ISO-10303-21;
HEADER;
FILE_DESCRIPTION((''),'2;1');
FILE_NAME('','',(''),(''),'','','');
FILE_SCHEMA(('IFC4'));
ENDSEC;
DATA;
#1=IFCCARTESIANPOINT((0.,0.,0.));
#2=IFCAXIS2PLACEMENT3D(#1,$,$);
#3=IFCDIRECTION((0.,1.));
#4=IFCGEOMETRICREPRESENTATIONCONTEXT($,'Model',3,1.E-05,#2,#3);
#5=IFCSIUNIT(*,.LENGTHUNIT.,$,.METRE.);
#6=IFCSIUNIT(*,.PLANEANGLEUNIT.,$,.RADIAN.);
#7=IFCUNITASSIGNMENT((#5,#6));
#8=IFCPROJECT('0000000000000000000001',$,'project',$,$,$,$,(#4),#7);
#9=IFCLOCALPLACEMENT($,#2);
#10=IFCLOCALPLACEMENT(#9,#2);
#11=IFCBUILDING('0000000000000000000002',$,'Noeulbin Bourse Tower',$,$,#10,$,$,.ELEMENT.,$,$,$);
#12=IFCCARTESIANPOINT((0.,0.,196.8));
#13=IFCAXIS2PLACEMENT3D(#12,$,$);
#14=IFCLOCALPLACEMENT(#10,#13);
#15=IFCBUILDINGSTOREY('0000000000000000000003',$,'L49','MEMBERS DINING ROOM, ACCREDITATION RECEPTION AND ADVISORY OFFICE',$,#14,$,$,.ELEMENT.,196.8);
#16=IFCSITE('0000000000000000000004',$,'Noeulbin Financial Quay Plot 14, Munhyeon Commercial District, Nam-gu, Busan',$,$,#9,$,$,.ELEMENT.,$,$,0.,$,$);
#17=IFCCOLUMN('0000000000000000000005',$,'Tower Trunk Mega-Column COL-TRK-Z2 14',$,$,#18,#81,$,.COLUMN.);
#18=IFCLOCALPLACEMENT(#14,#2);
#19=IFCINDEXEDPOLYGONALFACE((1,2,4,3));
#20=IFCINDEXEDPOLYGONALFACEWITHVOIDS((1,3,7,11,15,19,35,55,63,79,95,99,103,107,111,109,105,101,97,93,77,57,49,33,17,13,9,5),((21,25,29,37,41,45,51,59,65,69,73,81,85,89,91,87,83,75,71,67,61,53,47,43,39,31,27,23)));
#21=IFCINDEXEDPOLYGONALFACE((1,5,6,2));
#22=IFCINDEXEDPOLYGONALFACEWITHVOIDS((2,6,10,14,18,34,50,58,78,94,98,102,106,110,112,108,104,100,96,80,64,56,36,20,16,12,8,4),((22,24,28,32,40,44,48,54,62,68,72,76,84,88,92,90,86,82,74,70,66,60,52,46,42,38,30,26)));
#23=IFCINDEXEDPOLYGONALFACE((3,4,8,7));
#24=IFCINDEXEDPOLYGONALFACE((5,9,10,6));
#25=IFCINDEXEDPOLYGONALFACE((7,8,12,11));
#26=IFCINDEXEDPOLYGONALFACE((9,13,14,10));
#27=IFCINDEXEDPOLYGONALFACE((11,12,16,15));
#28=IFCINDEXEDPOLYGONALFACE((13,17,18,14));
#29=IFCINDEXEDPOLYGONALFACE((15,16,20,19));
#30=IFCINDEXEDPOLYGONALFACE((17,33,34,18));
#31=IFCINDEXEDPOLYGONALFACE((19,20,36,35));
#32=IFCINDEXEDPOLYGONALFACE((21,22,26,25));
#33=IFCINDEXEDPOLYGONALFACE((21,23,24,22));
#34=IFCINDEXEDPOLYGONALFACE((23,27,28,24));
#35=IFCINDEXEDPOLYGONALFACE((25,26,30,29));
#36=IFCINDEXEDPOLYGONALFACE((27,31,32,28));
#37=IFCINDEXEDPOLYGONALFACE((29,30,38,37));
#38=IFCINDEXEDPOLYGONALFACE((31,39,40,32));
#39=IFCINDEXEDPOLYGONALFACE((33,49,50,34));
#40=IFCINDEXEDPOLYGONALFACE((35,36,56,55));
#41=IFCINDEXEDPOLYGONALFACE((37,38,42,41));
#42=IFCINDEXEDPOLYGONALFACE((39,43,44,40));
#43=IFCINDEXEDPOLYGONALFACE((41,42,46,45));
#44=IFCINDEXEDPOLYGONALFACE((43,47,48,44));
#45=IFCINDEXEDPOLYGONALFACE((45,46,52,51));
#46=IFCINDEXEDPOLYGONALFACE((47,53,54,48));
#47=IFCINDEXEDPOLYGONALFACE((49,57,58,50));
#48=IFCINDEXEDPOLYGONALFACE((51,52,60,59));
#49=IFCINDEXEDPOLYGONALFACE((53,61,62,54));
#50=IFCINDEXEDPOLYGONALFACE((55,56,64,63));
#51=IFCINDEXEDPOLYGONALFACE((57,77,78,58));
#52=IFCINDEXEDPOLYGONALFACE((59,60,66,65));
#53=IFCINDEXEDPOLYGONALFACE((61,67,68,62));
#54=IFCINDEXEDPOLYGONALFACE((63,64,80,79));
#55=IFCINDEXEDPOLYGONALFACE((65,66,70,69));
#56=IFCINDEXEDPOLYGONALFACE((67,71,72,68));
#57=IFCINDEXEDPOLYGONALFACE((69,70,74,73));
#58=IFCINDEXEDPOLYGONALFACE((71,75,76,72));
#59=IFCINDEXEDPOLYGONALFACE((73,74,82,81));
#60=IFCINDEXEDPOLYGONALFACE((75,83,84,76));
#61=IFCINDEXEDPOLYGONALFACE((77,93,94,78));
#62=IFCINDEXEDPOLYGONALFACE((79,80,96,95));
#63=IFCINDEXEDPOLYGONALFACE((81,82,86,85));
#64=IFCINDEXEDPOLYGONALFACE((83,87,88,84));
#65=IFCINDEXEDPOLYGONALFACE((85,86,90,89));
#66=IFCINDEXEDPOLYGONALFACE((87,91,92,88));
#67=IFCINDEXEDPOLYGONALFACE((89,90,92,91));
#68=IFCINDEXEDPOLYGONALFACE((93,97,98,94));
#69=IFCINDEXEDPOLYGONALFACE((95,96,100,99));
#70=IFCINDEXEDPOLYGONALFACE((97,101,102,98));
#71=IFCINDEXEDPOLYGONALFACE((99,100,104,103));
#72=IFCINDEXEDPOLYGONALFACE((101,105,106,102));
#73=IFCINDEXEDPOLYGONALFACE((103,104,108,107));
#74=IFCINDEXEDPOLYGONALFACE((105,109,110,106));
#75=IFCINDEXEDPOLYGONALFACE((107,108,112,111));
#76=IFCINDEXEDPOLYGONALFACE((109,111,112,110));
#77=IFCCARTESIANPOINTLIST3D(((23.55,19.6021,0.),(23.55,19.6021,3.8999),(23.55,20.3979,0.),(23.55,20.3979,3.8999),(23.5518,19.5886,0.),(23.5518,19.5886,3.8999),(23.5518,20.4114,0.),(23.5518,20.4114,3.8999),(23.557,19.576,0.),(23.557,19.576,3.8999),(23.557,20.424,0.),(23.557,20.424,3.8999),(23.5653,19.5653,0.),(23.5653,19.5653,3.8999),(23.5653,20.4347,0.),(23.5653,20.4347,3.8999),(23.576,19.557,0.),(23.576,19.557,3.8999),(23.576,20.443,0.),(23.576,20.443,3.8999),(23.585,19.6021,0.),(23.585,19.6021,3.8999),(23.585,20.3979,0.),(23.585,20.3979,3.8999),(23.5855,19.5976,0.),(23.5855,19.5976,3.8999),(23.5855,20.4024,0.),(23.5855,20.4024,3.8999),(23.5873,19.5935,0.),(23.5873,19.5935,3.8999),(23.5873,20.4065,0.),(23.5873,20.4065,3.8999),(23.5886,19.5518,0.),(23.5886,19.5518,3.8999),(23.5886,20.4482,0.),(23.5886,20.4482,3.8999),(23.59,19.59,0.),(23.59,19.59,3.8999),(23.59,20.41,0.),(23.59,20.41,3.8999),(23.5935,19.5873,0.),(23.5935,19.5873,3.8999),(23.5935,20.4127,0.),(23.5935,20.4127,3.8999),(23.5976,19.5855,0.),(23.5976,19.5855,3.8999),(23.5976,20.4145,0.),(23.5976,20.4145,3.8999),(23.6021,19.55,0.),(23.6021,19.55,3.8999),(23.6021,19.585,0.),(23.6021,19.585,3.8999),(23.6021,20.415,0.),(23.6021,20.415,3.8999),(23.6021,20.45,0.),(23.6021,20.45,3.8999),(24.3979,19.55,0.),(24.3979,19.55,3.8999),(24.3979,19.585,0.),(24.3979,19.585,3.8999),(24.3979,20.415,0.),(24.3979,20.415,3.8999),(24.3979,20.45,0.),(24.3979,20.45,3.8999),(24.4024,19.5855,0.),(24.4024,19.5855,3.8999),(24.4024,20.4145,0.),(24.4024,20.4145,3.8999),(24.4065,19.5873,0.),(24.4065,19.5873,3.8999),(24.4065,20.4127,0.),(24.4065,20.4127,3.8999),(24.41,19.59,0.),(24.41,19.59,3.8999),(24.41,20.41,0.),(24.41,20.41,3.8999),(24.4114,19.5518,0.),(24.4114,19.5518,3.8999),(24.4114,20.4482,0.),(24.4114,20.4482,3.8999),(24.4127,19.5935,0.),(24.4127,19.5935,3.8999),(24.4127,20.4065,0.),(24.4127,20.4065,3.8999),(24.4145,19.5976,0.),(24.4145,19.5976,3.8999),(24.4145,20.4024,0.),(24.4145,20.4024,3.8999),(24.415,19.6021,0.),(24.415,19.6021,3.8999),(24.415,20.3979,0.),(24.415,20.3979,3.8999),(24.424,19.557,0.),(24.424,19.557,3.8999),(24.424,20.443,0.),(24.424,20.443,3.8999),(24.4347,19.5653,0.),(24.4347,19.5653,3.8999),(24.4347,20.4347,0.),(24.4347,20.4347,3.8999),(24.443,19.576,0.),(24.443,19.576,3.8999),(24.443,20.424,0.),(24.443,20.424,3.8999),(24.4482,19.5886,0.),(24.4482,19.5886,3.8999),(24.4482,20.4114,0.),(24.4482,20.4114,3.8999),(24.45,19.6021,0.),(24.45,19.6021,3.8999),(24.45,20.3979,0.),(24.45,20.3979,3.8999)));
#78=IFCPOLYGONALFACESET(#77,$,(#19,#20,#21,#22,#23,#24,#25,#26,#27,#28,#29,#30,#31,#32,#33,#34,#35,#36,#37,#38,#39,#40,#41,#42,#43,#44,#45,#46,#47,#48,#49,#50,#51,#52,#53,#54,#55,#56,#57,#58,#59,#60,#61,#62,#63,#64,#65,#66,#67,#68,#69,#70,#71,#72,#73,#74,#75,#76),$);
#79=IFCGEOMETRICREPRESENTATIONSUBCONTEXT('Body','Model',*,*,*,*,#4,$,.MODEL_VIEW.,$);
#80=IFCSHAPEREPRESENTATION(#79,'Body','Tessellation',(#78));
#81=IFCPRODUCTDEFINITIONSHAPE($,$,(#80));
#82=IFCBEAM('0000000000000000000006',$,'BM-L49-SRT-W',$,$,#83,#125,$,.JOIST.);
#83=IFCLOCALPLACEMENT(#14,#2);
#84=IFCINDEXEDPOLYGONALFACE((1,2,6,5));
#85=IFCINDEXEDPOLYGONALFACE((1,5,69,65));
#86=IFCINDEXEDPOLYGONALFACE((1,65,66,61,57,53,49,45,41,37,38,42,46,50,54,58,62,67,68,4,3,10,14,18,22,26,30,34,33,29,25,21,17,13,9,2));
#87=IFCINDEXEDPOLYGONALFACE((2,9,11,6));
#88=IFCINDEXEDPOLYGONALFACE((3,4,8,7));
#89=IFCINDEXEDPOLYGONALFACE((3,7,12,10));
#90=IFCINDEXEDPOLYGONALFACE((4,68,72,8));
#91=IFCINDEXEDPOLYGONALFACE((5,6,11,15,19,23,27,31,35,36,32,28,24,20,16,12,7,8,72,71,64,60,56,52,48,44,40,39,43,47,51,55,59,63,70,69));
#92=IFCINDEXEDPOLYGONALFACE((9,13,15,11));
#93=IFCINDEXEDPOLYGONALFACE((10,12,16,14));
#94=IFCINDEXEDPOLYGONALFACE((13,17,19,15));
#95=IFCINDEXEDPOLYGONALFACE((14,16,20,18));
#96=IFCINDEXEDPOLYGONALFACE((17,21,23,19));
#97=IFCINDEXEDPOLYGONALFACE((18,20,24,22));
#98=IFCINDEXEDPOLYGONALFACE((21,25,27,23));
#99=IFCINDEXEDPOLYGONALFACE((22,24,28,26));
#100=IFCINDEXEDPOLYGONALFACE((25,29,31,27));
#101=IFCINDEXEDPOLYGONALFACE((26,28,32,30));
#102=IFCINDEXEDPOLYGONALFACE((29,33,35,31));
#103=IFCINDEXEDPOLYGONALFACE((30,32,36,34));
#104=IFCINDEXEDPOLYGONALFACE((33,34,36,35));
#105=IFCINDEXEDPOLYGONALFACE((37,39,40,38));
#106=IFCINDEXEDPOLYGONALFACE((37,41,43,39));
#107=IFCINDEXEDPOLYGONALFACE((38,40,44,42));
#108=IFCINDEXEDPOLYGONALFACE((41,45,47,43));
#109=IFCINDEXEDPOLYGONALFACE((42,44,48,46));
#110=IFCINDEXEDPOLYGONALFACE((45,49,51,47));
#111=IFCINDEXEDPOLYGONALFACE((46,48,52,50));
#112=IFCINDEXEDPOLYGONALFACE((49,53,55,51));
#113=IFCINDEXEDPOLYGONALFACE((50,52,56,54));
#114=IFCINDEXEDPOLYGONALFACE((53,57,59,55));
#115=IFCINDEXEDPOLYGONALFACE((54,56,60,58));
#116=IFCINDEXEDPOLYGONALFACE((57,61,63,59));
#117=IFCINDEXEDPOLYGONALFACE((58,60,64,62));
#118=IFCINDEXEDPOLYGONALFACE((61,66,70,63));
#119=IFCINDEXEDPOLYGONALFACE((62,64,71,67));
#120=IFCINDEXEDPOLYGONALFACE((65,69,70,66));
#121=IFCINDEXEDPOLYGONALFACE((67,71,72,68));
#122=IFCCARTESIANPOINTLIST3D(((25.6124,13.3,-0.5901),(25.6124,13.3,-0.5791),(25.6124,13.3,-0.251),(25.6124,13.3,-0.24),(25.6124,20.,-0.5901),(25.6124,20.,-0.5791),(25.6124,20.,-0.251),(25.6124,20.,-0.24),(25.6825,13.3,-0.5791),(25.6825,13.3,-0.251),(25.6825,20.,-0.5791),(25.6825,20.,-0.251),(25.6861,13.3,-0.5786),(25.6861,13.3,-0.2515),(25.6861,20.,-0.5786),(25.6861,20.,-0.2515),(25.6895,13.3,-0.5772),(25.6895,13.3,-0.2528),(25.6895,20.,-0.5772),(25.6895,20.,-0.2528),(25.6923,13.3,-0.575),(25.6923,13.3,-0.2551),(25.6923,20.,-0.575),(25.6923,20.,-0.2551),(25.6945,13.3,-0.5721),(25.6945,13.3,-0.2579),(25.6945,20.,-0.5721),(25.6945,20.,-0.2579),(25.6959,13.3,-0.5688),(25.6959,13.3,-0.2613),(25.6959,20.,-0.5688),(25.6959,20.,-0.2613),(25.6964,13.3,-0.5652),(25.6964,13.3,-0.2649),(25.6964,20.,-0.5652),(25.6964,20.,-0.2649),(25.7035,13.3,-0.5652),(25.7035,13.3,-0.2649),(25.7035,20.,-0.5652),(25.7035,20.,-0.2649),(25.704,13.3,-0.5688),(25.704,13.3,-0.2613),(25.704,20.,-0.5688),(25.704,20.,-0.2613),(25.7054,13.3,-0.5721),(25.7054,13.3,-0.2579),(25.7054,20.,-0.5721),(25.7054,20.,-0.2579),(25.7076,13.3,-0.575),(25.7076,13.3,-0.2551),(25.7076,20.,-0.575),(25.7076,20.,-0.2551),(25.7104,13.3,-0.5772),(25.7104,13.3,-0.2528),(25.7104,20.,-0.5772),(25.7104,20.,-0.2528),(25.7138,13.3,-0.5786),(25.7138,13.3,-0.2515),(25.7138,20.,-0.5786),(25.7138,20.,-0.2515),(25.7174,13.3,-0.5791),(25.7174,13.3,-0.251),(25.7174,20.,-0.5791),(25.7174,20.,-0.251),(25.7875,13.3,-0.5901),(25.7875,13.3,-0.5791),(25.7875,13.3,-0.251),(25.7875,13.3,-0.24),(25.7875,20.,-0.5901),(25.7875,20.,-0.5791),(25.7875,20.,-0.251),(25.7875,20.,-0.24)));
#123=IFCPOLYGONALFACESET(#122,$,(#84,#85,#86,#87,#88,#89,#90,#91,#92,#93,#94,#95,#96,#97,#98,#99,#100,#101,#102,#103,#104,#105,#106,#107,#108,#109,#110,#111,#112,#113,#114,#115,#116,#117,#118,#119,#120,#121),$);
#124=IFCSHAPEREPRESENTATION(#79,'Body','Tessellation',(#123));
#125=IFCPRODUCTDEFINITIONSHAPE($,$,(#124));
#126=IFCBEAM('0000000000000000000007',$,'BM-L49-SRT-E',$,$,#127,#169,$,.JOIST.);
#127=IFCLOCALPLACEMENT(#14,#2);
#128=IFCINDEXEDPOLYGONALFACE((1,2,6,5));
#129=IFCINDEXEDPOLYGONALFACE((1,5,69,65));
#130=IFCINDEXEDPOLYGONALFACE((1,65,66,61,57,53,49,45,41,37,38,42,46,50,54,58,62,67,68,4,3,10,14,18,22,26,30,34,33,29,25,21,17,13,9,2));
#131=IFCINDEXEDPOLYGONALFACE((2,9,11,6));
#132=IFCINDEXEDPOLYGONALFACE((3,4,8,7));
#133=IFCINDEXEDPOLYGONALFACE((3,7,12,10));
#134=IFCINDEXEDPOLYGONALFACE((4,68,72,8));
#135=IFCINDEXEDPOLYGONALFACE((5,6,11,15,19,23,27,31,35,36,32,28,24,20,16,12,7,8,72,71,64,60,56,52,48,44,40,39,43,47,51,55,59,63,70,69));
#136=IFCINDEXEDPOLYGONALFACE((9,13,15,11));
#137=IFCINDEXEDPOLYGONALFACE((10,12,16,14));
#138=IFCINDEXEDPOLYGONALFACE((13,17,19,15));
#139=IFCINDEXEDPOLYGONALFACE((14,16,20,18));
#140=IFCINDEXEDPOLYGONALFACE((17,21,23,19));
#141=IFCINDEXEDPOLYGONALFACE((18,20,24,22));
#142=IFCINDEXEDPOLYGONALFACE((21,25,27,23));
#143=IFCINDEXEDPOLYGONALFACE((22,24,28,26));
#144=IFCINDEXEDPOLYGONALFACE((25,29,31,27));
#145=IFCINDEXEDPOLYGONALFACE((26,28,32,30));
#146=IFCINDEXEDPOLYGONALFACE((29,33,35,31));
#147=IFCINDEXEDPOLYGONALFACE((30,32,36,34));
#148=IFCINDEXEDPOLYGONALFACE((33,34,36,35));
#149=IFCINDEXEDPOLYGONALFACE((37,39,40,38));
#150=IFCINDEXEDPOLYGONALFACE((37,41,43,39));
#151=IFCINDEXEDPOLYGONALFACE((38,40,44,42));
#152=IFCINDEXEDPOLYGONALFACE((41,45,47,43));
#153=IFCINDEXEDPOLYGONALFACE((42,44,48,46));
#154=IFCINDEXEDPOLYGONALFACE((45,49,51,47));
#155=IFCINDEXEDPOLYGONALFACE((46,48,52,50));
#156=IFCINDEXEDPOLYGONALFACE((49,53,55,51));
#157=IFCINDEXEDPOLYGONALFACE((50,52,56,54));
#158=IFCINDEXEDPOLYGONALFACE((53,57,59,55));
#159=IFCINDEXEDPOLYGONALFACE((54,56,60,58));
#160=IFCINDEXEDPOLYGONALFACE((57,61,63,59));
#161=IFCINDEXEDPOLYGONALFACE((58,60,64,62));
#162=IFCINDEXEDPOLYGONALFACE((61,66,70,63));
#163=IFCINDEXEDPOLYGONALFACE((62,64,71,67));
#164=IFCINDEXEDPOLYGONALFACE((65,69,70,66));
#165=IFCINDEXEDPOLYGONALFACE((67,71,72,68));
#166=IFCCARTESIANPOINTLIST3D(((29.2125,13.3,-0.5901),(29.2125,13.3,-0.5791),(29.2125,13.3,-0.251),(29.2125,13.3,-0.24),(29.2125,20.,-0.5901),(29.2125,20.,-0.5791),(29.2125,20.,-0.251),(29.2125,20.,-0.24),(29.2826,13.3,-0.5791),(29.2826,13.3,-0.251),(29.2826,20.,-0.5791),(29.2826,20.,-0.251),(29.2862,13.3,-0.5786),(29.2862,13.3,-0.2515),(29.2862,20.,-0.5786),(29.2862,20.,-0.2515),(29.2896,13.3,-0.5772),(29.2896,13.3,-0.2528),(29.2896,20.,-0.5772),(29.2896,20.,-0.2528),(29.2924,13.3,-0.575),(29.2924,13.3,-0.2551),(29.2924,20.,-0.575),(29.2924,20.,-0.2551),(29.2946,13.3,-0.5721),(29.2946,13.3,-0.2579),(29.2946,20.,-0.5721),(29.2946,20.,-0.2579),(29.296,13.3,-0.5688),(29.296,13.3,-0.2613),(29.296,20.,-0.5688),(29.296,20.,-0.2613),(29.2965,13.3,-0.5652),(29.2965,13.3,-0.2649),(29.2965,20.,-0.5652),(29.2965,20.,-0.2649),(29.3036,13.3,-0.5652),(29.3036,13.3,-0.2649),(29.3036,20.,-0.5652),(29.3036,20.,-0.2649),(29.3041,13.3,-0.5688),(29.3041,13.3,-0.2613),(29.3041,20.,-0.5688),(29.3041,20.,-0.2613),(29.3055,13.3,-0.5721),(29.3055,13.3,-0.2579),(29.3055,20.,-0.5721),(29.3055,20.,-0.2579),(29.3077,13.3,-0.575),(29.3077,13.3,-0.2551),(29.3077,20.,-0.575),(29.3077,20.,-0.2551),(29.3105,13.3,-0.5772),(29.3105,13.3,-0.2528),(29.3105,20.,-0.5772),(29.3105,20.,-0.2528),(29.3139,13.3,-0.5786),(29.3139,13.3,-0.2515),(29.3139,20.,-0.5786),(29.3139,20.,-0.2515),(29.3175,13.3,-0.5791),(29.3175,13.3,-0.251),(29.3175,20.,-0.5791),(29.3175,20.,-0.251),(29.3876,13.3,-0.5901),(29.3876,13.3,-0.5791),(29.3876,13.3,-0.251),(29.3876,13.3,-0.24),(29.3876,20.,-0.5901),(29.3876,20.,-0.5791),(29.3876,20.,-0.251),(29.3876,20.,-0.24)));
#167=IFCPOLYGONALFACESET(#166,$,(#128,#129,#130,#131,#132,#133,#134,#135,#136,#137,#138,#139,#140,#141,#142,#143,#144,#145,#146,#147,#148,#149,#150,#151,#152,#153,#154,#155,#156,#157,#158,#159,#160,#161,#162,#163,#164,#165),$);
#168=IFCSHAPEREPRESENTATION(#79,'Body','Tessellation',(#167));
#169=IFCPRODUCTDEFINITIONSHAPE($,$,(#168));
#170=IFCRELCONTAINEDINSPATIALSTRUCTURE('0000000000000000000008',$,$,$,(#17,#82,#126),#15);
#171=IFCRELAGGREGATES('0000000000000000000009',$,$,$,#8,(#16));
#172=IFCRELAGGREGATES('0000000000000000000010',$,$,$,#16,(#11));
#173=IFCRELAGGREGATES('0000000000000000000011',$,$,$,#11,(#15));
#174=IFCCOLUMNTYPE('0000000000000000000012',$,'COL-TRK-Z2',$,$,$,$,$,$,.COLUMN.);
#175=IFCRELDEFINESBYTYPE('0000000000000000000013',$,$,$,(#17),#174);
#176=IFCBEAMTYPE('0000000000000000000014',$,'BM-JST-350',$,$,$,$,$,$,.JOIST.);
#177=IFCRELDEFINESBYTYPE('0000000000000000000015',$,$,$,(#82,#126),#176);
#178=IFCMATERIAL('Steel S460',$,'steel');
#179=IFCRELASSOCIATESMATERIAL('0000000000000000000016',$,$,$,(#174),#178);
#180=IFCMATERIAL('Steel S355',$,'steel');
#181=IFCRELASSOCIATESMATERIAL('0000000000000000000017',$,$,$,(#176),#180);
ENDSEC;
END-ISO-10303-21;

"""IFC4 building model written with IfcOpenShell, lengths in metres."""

from ifc_helpers import new_model, si_unit, direction, frame, origin, origin_2d, place, context, subcontext, project, spatial, hollow_rectangle, i_section, extrude, material, material_profile, profile_set, type_object, element, save


model = new_model("IFC4")

# Units and contexts
model_context = context("Model", 3, precision=1e-05, world=origin(), true_north=direction((0.0, 1.0)))
body_context = subcontext(model_context, "Body", "Model", "MODEL_VIEW")
ifc_project = project(units=[si_unit("LENGTHUNIT", "METRE"), si_unit("PLANEANGLEUNIT", "RADIAN")], contexts=[model_context])

# Site, building, storey
site_placement = place(None, origin())
site = spatial("IfcSite", under=ifc_project, at=site_placement, Name="Noeulbin Financial Quay Plot 14, Munhyeon Commercial District, Nam-gu, Busan", CompositionType="ELEMENT", RefElevation=0.0)
building_placement = place(site_placement, origin())
building = spatial("IfcBuilding", under=site, at=building_placement, Name="Noeulbin Bourse Tower", CompositionType="ELEMENT")
storey_placement = place(building_placement, frame((0.0, 0.0, 196.8)))
storey = spatial("IfcBuildingStorey", under=building, at=storey_placement, Name="L49", Description="MEMBERS DINING ROOM, ACCREDITATION RECEPTION AND ADVISORY OFFICE", CompositionType="ELEMENT", Elevation=196.8)

# Column
ifc_material_1 = material(Name="Steel S460", Category="steel")
ifc_material_profile_1 = material_profile(ifc_material_1, hollow_rectangle(XDim=0.8999, YDim=0.8999, WallThickness=0.0349, InnerFilletRadius=0.0171, OuterFilletRadius=0.052, at=origin_2d()), Name="BOX-900x900x35", Category="LoadBearing")
ifc_profile_set_1 = profile_set([ifc_material_profile_1], Name="Steel S460")
column_type = type_object("IfcColumnType", Name="COL-TRK-Z2", PredefinedType="COLUMN", material=ifc_profile_set_1)
column_placement = place(storey_placement, frame((24.0, 20.0, 0.0), z_axis=(0.0, 0.0, 1.0), x_axis=(1.0, 0.0, 0.0)))
element("IfcColumn", 1, at=column_placement, inside=storey, type_object=column_type, Name="Tower Trunk Mega-Column COL-TRK-Z2 14", PredefinedType="COLUMN", context=body_context, shape_type="SweptSolid", body=[
    extrude(hollow_rectangle(XDim=0.8999, YDim=0.8999, WallThickness=0.0349, InnerFilletRadius=0.0171, OuterFilletRadius=0.052, at=origin_2d()), origin(), (0.0, 0.0, 1.0), 3.8999),
])

# Beams
ifc_material_2 = material(Name="Steel S355", Category="steel")
ifc_material_profile_2 = material_profile(ifc_material_2, i_section(OverallWidth=0.175, OverallDepth=0.3501, WebThickness=0.0071, FlangeThickness=0.011, FilletRadius=0.0139, at=origin_2d()), Name="H-350x175x7x11", Category="LoadBearing")
ifc_profile_set_2 = profile_set([ifc_material_profile_2], Name="Steel S355")
beam_type_1 = type_object("IfcBeamType", Name="BM-JST-350", PredefinedType="JOIST", material=ifc_profile_set_2)
for number, where, z_axis, x_axis, name in (
    (2, (25.7, 13.3, -0.415), (0.0, 1.0, 0.0), (-1.0, 0.0, 0.0), "BM-L49-SRT-W"),
    (3, (29.3, 13.3, -0.415), (0.0, 1.0, 0.0), (-1.0, 0.0, 0.0), "BM-L49-SRT-E"),
):
    element("IfcBeam", number, at=place(storey_placement, frame(where, z_axis=z_axis, x_axis=x_axis)), inside=storey, type_object=beam_type_1, Name=name, PredefinedType="JOIST", context=body_context, shape_type="SweptSolid", body=[
        extrude(i_section(OverallWidth=0.175, OverallDepth=0.3501, WebThickness=0.0071, FlangeThickness=0.011, FilletRadius=0.0139, at=origin_2d()), origin(), (0.0, 0.0, 1.0), 6.7),
    ])

save(model, "model.ifc")
